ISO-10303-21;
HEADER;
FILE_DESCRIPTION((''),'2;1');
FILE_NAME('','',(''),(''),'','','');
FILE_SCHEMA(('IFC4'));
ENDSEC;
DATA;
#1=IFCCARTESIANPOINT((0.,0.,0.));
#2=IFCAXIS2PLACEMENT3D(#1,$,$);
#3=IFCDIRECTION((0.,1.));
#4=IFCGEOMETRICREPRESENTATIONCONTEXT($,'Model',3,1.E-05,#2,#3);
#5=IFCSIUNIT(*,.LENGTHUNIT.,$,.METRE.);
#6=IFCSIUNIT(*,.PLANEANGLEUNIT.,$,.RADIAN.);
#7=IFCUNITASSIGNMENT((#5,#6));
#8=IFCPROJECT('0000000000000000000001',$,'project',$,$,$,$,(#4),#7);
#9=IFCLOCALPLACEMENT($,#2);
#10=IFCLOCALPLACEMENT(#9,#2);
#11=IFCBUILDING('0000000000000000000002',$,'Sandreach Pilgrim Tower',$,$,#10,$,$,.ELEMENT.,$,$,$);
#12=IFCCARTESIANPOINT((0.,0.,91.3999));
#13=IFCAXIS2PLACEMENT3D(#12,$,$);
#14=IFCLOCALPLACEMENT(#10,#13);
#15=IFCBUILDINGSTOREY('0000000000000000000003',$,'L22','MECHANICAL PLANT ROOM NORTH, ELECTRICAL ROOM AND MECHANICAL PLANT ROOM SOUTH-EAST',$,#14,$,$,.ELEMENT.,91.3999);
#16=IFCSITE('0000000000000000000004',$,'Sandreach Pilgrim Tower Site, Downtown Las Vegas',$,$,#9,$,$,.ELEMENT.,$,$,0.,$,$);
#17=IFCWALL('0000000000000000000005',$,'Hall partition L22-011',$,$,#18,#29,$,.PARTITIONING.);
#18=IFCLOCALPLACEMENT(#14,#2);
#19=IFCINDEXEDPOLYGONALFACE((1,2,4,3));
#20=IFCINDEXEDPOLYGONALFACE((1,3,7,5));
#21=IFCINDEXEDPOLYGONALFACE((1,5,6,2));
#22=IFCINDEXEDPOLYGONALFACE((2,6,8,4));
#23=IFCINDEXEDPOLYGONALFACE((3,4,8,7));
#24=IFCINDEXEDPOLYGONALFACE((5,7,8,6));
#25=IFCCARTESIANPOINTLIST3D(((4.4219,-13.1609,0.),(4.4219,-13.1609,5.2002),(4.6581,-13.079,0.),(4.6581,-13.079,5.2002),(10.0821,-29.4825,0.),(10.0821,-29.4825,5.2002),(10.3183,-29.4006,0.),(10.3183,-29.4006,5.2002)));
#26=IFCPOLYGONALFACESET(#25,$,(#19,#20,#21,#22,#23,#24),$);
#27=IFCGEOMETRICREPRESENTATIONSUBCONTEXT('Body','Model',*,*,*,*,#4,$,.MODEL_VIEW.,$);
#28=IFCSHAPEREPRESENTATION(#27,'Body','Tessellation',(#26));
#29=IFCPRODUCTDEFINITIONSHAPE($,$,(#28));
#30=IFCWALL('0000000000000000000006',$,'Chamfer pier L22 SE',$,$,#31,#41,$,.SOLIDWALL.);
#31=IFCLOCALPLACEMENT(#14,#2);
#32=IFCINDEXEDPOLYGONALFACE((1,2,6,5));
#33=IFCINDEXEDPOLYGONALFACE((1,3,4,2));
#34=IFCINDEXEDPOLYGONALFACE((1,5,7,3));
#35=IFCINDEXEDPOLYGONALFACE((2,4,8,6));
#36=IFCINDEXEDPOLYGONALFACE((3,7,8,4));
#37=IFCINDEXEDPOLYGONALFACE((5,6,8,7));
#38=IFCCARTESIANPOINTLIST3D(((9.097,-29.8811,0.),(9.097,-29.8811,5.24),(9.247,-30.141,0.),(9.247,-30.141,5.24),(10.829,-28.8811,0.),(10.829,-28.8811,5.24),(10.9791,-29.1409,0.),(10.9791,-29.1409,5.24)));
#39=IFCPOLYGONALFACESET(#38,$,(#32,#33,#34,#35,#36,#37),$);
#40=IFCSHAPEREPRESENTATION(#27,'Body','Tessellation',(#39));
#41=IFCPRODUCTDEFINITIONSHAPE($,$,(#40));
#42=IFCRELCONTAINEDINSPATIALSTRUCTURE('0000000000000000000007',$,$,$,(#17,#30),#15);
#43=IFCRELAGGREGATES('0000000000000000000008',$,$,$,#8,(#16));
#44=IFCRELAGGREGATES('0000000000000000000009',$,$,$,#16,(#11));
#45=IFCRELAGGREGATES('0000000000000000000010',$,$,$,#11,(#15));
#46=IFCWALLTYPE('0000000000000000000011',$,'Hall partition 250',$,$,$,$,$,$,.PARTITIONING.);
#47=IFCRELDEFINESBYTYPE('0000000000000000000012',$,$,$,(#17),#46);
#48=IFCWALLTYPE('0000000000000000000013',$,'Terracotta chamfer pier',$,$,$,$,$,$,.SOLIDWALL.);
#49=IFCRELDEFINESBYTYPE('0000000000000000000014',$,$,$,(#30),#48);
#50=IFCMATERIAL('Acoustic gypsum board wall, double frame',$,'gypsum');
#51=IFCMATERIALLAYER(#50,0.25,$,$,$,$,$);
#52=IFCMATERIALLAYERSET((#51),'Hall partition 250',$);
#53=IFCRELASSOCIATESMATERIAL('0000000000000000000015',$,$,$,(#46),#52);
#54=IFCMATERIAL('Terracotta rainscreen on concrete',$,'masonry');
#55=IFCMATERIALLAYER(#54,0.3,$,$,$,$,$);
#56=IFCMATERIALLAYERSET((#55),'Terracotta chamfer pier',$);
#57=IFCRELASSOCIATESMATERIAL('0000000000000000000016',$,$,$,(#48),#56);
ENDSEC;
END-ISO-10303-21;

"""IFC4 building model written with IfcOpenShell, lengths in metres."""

from ifc_helpers import new_model, si_unit, direction, frame, frame_2d, origin, place, context, subcontext, project, spatial, rectangle, extrude, material, layer, layer_set, type_object, element, save


model = new_model("IFC4")

# Units and contexts
model_context = context("Model", 3, precision=1e-05, world=origin(), true_north=direction((0.0, 1.0)))
body_context = subcontext(model_context, "Body", "Model", "MODEL_VIEW")
ifc_project = project(units=[si_unit("LENGTHUNIT", "METRE"), si_unit("PLANEANGLEUNIT", "RADIAN")], contexts=[model_context])

# Site, building, storey
site_placement = place(None, origin())
site = spatial("IfcSite", under=ifc_project, at=site_placement, Name="Sandreach Pilgrim Tower Site, Downtown Las Vegas", CompositionType="ELEMENT", RefElevation=0.0)
building_placement = place(site_placement, origin())
building = spatial("IfcBuilding", under=site, at=building_placement, Name="Sandreach Pilgrim Tower", CompositionType="ELEMENT")
storey_placement = place(building_placement, frame((0.0, 0.0, 91.3999)))
storey = spatial("IfcBuildingStorey", under=building, at=storey_placement, Name="L22", Description="MECHANICAL PLANT ROOM NORTH, ELECTRICAL ROOM AND MECHANICAL PLANT ROOM SOUTH-EAST", CompositionType="ELEMENT", Elevation=91.3999)

# Walls
ifc_material_1 = material(Name="Acoustic gypsum board wall, double frame", Category="gypsum")
ifc_layer_1 = layer(ifc_material_1, 0.25)
ifc_layer_set_1 = layer_set([ifc_layer_1], Name="Hall partition 250")
wall_type_1 = type_object("IfcWallType", Name="Hall partition 250", PredefinedType="PARTITIONING", material=ifc_layer_set_1)
wall_1_placement = place(storey_placement, frame((10.2002, -29.4417, 0.0), z_axis=(0.0, 0.0, 1.0), x_axis=(-0.327648, 0.9448, 0.0)))
element("IfcWall", 1, at=wall_1_placement, inside=storey, type_object=wall_type_1, Name="Hall partition L22-011", PredefinedType="PARTITIONING", context=body_context, shape_type="SweptSolid", body=[
    extrude(rectangle(XDim=17.2751, YDim=0.25, at=frame_2d((8.6377, 0.0))), origin(), (0.0, 0.0, 1.0), 5.2002),
])
ifc_material_2 = material(Name="Terracotta rainscreen on concrete", Category="masonry")
ifc_layer_2 = layer(ifc_material_2, 0.3)
ifc_layer_set_2 = layer_set([ifc_layer_2], Name="Terracotta chamfer pier")
wall_type_2 = type_object("IfcWallType", Name="Terracotta chamfer pier", PredefinedType="SOLIDWALL", material=ifc_layer_set_2)
wall_2_placement = place(storey_placement, frame((10.9041, -29.011, 0.0), z_axis=(0.0, 0.0, 1.0), x_axis=(-0.866011, -0.500025, 0.0)))
element("IfcWall", 2, at=wall_2_placement, inside=storey, type_object=wall_type_2, Name="Chamfer pier L22 SE", PredefinedType="SOLIDWALL", context=body_context, shape_type="SweptSolid", body=[
    extrude(rectangle(XDim=2.0, YDim=0.3, at=frame_2d((1.0, 0.0))), origin(), (0.0, 0.0, 1.0), 5.24),
])

save(model, "model.ifc")
